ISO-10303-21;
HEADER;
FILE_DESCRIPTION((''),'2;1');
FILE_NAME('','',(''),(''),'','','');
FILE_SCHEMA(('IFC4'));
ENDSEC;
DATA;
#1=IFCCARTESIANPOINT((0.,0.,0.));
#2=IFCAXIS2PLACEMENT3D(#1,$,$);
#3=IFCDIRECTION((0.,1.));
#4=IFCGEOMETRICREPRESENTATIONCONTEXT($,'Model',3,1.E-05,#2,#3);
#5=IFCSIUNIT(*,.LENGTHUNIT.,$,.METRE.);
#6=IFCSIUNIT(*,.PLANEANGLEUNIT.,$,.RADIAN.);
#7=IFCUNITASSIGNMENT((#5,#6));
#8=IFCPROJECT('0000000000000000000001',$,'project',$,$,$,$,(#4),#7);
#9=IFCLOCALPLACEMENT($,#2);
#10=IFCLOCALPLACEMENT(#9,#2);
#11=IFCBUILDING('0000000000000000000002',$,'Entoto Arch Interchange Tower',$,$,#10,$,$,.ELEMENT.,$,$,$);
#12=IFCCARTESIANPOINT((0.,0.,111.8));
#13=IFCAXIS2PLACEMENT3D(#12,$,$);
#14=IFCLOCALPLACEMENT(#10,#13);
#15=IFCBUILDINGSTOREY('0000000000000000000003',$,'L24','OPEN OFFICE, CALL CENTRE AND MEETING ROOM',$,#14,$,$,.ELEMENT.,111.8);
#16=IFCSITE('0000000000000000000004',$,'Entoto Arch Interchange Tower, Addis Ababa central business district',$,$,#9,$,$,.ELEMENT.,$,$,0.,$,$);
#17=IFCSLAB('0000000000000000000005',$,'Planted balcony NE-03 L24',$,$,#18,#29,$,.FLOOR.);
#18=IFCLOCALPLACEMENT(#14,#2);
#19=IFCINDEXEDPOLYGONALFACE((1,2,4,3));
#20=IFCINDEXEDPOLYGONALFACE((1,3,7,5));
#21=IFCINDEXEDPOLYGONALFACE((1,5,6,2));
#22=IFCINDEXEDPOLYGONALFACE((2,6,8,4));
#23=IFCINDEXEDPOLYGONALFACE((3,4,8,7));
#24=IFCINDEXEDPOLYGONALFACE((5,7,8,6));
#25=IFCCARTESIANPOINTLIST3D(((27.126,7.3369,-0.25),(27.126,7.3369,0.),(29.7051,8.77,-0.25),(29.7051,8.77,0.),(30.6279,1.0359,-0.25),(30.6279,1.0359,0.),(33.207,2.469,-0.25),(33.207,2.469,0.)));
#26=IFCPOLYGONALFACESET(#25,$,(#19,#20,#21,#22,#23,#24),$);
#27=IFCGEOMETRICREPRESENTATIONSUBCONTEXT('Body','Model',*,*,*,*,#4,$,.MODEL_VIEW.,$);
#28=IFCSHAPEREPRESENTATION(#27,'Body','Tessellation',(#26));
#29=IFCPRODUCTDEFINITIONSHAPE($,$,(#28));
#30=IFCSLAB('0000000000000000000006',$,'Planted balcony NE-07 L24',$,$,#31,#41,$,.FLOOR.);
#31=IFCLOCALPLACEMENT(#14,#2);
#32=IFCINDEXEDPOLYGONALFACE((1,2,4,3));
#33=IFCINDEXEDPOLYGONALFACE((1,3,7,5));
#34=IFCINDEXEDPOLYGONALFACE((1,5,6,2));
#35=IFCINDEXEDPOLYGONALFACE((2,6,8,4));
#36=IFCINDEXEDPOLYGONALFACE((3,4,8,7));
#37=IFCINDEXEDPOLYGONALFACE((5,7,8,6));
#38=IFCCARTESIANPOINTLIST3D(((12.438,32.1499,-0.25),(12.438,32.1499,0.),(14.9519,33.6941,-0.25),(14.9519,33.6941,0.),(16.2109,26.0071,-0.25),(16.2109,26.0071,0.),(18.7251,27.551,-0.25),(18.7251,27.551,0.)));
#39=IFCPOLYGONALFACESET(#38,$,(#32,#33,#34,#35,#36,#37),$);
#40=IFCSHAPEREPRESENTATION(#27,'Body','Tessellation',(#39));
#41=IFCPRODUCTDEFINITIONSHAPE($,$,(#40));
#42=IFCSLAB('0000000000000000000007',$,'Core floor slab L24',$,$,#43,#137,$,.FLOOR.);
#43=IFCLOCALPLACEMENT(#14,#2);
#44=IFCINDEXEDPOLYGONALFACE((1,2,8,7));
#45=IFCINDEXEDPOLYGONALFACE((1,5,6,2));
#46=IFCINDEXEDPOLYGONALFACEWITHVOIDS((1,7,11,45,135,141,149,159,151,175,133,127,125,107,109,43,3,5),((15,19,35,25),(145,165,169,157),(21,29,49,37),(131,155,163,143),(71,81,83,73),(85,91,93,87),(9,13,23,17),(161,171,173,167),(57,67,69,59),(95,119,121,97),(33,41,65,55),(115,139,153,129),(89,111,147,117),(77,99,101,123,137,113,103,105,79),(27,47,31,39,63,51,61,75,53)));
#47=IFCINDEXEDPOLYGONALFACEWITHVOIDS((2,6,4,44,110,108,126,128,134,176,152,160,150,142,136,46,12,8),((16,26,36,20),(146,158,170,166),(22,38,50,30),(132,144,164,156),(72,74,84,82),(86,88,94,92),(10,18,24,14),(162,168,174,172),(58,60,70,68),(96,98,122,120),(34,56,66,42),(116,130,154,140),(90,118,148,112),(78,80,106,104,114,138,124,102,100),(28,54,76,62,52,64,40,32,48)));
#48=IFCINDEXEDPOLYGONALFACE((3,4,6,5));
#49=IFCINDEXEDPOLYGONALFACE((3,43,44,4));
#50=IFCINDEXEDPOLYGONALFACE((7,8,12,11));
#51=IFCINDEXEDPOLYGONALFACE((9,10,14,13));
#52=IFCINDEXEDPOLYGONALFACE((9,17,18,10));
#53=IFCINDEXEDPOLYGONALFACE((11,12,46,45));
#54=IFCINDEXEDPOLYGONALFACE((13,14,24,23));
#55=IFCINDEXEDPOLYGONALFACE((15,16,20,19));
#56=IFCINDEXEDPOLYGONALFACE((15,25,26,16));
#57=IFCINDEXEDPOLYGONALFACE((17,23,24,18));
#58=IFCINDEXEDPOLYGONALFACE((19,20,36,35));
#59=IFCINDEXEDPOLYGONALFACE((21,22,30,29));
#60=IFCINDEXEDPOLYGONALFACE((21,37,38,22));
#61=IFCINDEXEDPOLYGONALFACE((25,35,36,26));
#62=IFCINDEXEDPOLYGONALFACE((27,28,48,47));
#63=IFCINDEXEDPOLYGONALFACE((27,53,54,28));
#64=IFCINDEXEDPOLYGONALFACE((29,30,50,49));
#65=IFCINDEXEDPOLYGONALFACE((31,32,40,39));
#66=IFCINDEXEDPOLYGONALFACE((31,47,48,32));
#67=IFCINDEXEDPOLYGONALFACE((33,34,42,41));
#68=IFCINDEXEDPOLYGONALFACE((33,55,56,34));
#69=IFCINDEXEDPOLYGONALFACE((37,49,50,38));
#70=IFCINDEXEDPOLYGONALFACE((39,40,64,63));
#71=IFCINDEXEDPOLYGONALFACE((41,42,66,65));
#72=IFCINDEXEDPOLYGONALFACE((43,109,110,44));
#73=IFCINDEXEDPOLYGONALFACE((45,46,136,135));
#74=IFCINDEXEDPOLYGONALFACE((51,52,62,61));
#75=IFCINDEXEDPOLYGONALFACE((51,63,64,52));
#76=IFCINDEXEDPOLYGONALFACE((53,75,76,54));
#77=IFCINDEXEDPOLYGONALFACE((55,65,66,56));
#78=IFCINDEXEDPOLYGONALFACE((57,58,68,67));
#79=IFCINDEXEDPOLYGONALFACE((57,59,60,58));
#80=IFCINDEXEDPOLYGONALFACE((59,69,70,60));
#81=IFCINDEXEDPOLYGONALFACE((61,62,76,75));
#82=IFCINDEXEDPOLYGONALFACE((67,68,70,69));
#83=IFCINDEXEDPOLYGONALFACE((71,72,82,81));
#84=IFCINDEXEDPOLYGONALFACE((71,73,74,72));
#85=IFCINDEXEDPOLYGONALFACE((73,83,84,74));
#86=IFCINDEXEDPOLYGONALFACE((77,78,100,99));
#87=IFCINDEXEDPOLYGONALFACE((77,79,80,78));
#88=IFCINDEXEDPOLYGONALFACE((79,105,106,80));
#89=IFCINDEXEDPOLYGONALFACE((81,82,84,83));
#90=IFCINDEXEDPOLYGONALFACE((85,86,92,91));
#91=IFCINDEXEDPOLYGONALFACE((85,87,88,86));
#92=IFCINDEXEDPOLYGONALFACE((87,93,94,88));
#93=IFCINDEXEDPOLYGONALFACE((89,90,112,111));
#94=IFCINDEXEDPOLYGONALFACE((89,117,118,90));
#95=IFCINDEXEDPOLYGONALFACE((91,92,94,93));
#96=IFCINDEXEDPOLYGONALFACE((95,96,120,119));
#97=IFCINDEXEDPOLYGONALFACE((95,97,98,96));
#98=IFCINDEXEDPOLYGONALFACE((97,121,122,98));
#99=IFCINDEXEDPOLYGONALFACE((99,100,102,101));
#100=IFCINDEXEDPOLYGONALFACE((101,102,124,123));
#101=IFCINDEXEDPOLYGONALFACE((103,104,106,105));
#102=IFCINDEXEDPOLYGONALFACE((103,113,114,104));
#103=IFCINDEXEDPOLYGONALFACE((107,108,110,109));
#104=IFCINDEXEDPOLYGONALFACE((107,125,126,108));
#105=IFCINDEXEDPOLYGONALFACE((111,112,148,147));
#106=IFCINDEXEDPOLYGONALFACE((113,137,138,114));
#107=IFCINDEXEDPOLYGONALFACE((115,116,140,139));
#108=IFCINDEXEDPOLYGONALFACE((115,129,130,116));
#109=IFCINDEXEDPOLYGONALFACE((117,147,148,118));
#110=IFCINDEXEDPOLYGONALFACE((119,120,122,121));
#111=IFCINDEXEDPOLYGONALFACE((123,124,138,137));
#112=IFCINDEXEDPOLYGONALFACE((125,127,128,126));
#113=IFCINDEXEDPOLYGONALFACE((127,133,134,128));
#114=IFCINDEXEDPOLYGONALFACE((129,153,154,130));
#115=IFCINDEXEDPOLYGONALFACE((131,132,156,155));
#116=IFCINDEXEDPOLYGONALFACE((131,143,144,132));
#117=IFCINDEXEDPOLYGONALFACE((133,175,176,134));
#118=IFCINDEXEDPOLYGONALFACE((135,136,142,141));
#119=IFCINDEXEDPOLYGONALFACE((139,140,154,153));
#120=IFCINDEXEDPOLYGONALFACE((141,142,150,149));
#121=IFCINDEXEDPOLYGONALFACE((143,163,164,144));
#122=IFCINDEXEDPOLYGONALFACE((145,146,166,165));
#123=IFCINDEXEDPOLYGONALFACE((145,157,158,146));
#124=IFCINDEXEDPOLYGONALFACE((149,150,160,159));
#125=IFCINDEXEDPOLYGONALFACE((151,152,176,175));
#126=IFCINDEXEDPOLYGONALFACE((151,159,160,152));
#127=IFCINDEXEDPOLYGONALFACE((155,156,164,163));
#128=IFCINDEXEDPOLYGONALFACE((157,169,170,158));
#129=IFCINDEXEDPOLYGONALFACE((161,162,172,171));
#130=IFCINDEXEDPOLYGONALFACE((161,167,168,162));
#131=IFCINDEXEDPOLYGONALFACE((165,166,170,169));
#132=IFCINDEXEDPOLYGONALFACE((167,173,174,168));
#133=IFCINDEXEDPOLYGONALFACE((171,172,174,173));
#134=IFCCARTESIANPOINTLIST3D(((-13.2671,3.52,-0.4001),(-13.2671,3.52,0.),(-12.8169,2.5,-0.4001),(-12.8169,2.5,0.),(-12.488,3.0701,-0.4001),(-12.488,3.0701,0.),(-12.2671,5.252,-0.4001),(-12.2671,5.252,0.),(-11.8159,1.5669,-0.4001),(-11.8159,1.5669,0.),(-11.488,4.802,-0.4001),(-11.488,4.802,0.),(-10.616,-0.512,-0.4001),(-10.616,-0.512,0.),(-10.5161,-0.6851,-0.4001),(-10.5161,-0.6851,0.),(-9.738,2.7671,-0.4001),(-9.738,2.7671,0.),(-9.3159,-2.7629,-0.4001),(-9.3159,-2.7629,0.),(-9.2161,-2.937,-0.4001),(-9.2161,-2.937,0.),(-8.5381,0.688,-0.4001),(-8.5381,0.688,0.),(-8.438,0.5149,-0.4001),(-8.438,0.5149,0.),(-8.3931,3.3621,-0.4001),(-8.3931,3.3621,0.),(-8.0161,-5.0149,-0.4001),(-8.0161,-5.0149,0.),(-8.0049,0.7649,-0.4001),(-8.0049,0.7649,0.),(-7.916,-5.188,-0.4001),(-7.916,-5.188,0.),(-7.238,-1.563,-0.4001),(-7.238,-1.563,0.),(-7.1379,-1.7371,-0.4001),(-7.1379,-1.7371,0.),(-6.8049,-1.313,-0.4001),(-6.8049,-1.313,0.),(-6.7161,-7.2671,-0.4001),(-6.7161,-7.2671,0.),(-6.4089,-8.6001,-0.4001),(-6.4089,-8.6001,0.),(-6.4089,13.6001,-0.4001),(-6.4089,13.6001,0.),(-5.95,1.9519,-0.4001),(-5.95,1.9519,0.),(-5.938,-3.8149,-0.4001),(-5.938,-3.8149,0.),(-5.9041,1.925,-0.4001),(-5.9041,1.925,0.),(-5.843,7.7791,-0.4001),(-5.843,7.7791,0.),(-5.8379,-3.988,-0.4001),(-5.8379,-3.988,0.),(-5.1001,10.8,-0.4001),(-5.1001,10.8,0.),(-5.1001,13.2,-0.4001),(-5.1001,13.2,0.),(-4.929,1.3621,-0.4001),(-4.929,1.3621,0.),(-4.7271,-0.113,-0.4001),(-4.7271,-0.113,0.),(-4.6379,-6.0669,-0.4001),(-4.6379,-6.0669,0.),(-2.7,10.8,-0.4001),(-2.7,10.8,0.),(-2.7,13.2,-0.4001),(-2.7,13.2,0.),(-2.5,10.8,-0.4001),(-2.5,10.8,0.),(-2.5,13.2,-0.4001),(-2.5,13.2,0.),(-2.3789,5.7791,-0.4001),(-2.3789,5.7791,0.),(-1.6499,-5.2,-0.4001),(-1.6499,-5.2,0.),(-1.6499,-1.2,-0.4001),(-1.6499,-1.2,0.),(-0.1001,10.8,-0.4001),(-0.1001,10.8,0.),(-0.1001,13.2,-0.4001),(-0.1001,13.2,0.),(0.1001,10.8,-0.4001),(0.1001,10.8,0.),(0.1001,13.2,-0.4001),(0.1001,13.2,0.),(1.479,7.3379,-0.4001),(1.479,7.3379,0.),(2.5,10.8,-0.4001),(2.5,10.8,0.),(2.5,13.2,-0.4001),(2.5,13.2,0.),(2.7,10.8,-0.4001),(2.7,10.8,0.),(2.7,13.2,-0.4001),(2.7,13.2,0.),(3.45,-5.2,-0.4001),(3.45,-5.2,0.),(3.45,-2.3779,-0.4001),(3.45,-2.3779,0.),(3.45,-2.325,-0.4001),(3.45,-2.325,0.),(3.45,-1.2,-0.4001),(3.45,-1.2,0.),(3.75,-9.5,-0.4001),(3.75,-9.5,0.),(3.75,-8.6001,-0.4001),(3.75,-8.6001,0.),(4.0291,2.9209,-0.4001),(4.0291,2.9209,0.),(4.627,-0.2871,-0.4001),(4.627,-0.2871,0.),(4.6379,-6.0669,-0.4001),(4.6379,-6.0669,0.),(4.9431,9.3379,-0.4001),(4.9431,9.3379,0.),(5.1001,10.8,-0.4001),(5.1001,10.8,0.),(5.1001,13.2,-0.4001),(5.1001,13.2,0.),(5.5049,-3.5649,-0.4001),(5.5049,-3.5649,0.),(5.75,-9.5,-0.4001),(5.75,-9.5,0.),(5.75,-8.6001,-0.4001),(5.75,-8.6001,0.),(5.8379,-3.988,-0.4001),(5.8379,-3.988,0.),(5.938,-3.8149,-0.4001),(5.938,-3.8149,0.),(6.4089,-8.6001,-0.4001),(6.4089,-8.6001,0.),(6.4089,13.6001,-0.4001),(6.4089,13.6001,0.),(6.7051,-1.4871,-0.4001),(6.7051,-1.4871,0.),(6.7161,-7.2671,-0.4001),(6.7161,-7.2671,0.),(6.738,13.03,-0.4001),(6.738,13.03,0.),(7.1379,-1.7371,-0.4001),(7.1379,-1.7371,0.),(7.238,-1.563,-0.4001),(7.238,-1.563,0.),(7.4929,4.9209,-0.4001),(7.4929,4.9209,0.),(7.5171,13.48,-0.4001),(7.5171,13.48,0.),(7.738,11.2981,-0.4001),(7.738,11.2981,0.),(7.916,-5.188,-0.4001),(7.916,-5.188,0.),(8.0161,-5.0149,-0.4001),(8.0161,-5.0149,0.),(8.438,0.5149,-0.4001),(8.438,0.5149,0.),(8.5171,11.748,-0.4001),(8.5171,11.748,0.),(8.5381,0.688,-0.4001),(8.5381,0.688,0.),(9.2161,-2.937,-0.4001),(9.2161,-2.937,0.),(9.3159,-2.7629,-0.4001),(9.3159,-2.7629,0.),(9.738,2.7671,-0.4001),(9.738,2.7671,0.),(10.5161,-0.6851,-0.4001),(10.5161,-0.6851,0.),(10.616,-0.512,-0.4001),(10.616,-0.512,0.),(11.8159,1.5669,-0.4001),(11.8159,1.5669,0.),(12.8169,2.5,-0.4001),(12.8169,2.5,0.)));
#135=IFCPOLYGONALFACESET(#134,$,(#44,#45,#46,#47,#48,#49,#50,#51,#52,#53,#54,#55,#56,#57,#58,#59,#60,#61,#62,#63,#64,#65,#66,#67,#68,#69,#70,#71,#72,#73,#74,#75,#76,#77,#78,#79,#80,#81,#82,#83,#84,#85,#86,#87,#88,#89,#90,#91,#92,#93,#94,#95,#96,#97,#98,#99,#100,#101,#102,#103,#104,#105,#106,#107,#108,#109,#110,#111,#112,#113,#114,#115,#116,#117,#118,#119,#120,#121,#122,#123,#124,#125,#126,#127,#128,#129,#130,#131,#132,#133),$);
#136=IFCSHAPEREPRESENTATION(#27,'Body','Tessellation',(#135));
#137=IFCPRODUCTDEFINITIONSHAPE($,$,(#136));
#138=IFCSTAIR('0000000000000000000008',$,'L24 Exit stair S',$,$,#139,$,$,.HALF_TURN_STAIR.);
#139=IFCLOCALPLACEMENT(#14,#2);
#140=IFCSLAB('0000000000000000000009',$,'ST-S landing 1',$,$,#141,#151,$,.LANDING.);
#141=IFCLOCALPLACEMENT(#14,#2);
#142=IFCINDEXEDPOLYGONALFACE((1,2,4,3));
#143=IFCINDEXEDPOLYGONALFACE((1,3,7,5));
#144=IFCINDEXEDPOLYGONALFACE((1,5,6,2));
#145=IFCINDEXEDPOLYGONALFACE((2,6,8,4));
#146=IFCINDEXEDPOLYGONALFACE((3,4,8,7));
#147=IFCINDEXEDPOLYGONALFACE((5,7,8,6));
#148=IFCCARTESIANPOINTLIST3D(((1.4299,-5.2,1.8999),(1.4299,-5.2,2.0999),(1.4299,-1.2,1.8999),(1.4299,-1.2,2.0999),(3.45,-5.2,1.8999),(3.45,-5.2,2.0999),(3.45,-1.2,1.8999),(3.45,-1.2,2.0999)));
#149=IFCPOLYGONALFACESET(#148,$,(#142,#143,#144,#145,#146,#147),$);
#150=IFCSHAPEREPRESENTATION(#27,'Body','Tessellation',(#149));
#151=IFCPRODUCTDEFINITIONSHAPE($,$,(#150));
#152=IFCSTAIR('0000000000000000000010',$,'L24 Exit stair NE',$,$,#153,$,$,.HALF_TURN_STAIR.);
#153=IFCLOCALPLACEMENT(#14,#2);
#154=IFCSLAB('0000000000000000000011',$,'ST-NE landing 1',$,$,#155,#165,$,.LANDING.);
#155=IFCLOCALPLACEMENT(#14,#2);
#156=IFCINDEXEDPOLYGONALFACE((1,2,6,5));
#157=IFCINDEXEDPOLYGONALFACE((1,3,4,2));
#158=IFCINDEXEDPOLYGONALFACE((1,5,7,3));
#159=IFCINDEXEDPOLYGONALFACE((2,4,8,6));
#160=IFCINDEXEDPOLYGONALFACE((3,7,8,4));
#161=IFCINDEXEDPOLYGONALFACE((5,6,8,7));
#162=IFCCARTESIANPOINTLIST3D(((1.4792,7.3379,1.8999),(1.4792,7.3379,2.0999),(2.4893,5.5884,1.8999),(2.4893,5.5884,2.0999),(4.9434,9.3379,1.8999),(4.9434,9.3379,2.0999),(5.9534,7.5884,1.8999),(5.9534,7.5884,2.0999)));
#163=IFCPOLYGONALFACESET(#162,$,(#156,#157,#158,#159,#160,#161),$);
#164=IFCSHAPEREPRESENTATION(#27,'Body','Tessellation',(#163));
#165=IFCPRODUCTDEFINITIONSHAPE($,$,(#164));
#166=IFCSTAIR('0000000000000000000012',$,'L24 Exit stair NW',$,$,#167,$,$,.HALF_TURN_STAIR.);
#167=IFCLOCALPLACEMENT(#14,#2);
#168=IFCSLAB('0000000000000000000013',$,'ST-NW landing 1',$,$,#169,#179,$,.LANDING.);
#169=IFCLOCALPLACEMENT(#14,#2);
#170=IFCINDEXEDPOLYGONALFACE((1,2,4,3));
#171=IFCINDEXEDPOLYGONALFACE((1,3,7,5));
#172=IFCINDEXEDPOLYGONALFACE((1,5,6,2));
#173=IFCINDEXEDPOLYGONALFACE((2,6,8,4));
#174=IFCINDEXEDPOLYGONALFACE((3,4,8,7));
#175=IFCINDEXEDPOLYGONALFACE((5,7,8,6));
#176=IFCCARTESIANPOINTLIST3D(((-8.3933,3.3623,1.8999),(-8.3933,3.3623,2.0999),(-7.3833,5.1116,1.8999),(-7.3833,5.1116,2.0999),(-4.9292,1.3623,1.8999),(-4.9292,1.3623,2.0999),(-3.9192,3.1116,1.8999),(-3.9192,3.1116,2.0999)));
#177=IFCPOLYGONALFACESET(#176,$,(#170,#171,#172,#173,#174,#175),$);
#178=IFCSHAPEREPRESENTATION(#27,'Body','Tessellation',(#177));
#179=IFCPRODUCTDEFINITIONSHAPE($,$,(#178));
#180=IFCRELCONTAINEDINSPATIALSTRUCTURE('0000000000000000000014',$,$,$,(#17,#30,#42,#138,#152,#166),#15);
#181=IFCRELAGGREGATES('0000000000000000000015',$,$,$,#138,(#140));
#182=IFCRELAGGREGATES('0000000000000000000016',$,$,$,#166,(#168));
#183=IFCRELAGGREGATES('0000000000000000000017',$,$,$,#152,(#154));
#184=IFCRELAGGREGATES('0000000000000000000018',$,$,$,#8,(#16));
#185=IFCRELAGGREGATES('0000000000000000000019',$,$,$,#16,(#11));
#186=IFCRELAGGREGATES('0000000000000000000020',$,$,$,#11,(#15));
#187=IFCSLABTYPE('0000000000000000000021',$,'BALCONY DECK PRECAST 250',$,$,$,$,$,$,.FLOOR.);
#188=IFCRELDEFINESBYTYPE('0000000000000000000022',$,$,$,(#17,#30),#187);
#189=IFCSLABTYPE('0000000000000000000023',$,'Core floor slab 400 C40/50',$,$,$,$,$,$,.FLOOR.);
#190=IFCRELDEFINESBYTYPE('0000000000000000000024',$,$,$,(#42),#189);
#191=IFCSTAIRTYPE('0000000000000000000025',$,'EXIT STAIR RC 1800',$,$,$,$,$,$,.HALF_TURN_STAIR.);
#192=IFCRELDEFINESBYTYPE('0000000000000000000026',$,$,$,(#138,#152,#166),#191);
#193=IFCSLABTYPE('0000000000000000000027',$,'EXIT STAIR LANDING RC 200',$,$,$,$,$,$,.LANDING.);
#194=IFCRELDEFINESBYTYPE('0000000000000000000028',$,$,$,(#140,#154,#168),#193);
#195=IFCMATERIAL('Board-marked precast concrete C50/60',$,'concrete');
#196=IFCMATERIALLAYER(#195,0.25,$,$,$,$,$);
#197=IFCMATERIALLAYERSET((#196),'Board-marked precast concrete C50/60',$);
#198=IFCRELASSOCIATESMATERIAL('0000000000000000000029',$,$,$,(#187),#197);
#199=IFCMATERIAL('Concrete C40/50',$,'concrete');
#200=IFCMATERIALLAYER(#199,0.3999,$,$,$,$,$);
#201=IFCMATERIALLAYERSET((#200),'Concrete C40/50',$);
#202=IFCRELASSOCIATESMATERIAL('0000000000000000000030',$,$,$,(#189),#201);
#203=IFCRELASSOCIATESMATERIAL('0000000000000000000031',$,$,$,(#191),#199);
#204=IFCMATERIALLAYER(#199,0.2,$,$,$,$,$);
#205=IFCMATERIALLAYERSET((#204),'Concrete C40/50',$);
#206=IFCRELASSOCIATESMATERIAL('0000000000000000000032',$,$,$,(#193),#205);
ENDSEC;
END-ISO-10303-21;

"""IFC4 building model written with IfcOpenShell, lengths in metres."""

from ifc_helpers import new_model, si_unit, direction, frame, origin, place, context, subcontext, project, spatial, polyline, outline, extrude, material, layer, layer_set, type_object, element, aggregate, save


model = new_model("IFC4")

# Units and contexts
model_context = context("Model", 3, precision=1e-05, world=origin(), true_north=direction((0.0, 1.0)))
body_context = subcontext(model_context, "Body", "Model", "MODEL_VIEW")
ifc_project = project(units=[si_unit("LENGTHUNIT", "METRE"), si_unit("PLANEANGLEUNIT", "RADIAN")], contexts=[model_context])

# Site, building, storey
site_placement = place(None, origin())
site = spatial("IfcSite", under=ifc_project, at=site_placement, Name="Entoto Arch Interchange Tower, Addis Ababa central business district", CompositionType="ELEMENT", RefElevation=0.0)
building_placement = place(site_placement, origin())
building = spatial("IfcBuilding", under=site, at=building_placement, Name="Entoto Arch Interchange Tower", CompositionType="ELEMENT")
storey_placement = place(building_placement, frame((0.0, 0.0, 111.8)))
storey = spatial("IfcBuildingStorey", under=building, at=storey_placement, Name="L24", Description="OPEN OFFICE, CALL CENTRE AND MEETING ROOM", CompositionType="ELEMENT", Elevation=111.8)

# Slabs
ifc_material_1 = material(Name="Board-marked precast concrete C50/60", Category="concrete")
ifc_layer_1 = layer(ifc_material_1, 0.25)
ifc_layer_set_1 = layer_set([ifc_layer_1], Name="Board-marked precast concrete C50/60")
slab_type_1 = type_object("IfcSlabType", Name="BALCONY DECK PRECAST 250", PredefinedType="FLOOR", material=ifc_layer_set_1)
slab_1_placement = place(storey_placement, frame((0.0, 0.0, -0.25)))
element("IfcSlab", 1, at=slab_1_placement, inside=storey, type_object=slab_type_1, Name="Planted balcony NE-03 L24", PredefinedType="FLOOR", context=body_context, shape_type="SweptSolid", body=[
    extrude(outline(polyline([(30.6279, 1.0359), (27.126, 7.3369), (29.7051, 8.77), (33.207, 2.469), (30.6279, 1.0359)])), origin(), (0.0, 0.0, 1.0), 0.25),
])
slab_2_placement = place(storey_placement, frame((0.0, 0.0, -0.25)))
element("IfcSlab", 2, at=slab_2_placement, inside=storey, type_object=slab_type_1, Name="Planted balcony NE-07 L24", PredefinedType="FLOOR", context=body_context, shape_type="SweptSolid", body=[
    extrude(outline(polyline([(16.2109, 26.0071), (12.438, 32.1499), (14.9519, 33.6941), (18.7251, 27.551), (16.2109, 26.0071)])), origin(), (0.0, 0.0, 1.0), 0.25),
])
ifc_material_2 = material(Name="Concrete C40/50", Category="concrete")
ifc_layer_2 = layer(ifc_material_2, 0.3999)
ifc_layer_set_2 = layer_set([ifc_layer_2], Name="Concrete C40/50")
slab_type_2 = type_object("IfcSlabType", Name="Core floor slab 400 C40/50", PredefinedType="FLOOR", material=ifc_layer_set_2)
slab_3_placement = place(storey_placement, frame((0.0, 0.0, -0.4001)))
element("IfcSlab", 3, at=slab_3_placement, inside=storey, type_object=slab_type_2, Name="Core floor slab L24", PredefinedType="FLOOR", context=body_context, shape_type="SweptSolid", body=[
    extrude(outline(polyline([(5.75, -9.5), (3.75, -9.5), (3.75, -8.6001), (-6.4089, -8.6001), (-12.8169, 2.5), (-12.488, 3.0701), (-13.2671, 3.52), (-12.2671, 5.252), (-11.488, 4.802), (-6.4089, 13.6001), (6.4089, 13.6001), (6.738, 13.03), (7.5171, 13.48), (8.5171, 11.748), (7.738, 11.2981), (12.8169, 2.5), (6.4089, -8.6001), (5.75, -8.6001), (5.75, -9.5)]), holes=[polyline([(-4.6379, -6.0669), (-5.8379, -3.988), (-7.916, -5.188), (-6.7161, -7.2671), (-4.6379, -6.0669)]), polyline([(-5.938, -3.8149), (-7.1379, -1.7371), (-9.2161, -2.937), (-8.0161, -5.0149), (-5.938, -3.8149)]), polyline([(5.5049, -3.5649), (6.7051, -1.4871), (4.627, -0.2871), (3.45, -2.325), (3.45, -1.2), (-1.6499, -1.2), (-1.6499, -5.2), (3.45, -5.2), (3.45, -2.3779), (5.5049, -3.5649)]), polyline([(-7.238, -1.563), (-8.438, 0.5149), (-10.5161, -0.6851), (-9.3159, -2.7629), (-7.238, -1.563)]), polyline([(-4.7271, -0.113), (-5.9041, 1.925), (-4.929, 1.3621), (-2.3789, 5.7791), (-5.843, 7.7791), (-8.3931, 3.3621), (-5.95, 1.9519), (-8.0049, 0.7649), (-6.8049, -1.313), (-4.7271, -0.113)]), polyline([(-8.5381, 0.688), (-9.738, 2.7671), (-11.8159, 1.5669), (-10.616, -0.512), (-8.5381, 0.688)]), polyline([(-5.1001, 10.8), (-2.7, 10.8), (-2.7, 13.2), (-5.1001, 13.2), (-5.1001, 10.8)]), polyline([(-2.5, 10.8), (-0.1001, 10.8), (-0.1001, 13.2), (-2.5, 13.2), (-2.5, 10.8)]), polyline([(5.8379, -3.988), (4.6379, -6.0669), (6.7161, -7.2671), (7.916, -5.188), (5.8379, -3.988)]), polyline([(7.1379, -1.7371), (5.938, -3.8149), (8.0161, -5.0149), (9.2161, -2.937), (7.1379, -1.7371)]), polyline([(8.438, 0.5149), (7.238, -1.563), (9.3159, -2.7629), (10.5161, -0.6851), (8.438, 0.5149)]), polyline([(9.738, 2.7671), (8.5381, 0.688), (10.616, -0.512), (11.8159, 1.5669), (9.738, 2.7671)]), polyline([(4.0291, 2.9209), (7.4929, 4.9209), (4.9431, 9.3379), (1.479, 7.3379), (4.0291, 2.9209)]), polyline([(0.1001, 13.2), (0.1001, 10.8), (2.5, 10.8), (2.5, 13.2), (0.1001, 13.2)]), polyline([(2.7, 13.2), (2.7, 10.8), (5.1001, 10.8), (5.1001, 13.2), (2.7, 13.2)])]), origin(), (0.0, 0.0, 1.0), 0.4001),
])

# Stairs, slabs
stair_type = type_object("IfcStairType", Name="EXIT STAIR RC 1800", PredefinedType="HALF_TURN_STAIR", material=ifc_material_2)
stair_1_placement = place(storey_placement, origin())
stair_1 = element("IfcStair", 4, at=stair_1_placement, inside=storey, type_object=stair_type, Name="L24 Exit stair S", PredefinedType="HALF_TURN_STAIR")
ifc_layer_3 = layer(ifc_material_2, 0.2)
ifc_layer_set_3 = layer_set([ifc_layer_3], Name="Concrete C40/50")
slab_type_3 = type_object("IfcSlabType", Name="EXIT STAIR LANDING RC 200", PredefinedType="LANDING", material=ifc_layer_set_3)
slab_4_placement = place(storey_placement, frame((0.0, 0.0, 1.8999)))
slab_4 = element("IfcSlab", 5, at=slab_4_placement, type_object=slab_type_3, Name="ST-S landing 1", PredefinedType="LANDING", context=body_context, shape_type="SweptSolid", body=[
    extrude(outline(polyline([(1.4299, -5.2), (3.45, -5.2), (3.45, -1.2), (1.4299, -1.2), (1.4299, -5.2)])), origin(), (0.0, 0.0, 1.0), 0.2),
])
aggregate(stair_1, [slab_4])
stair_2_placement = place(storey_placement, origin())
stair_2 = element("IfcStair", 6, at=stair_2_placement, inside=storey, type_object=stair_type, Name="L24 Exit stair NE", PredefinedType="HALF_TURN_STAIR")
slab_5_placement = place(storey_placement, frame((0.0, 0.0, 1.8999)))
slab_5 = element("IfcSlab", 7, at=slab_5_placement, type_object=slab_type_3, Name="ST-NE landing 1", PredefinedType="LANDING", context=body_context, shape_type="SweptSolid", body=[
    extrude(outline(polyline([(5.9534, 7.5884), (4.9434, 9.3379), (1.4792, 7.3379), (2.4893, 5.5884), (5.9534, 7.5884)])), origin(), (0.0, 0.0, 1.0), 0.2),
])
stair_3_placement = place(storey_placement, origin())
stair_3 = element("IfcStair", 8, at=stair_3_placement, inside=storey, type_object=stair_type, Name="L24 Exit stair NW", PredefinedType="HALF_TURN_STAIR")
slab_6_placement = place(storey_placement, frame((0.0, 0.0, 1.8999)))
slab_6 = element("IfcSlab", 9, at=slab_6_placement, type_object=slab_type_3, Name="ST-NW landing 1", PredefinedType="LANDING", context=body_context, shape_type="SweptSolid", body=[
    extrude(outline(polyline([(-7.3833, 5.1116), (-8.3933, 3.3623), (-4.9292, 1.3623), (-3.9192, 3.1116), (-7.3833, 5.1116)])), origin(), (0.0, 0.0, 1.0), 0.2),
])
aggregate(stair_3, [slab_6])

aggregate(stair_2, [slab_5])

save(model, "model.ifc")
